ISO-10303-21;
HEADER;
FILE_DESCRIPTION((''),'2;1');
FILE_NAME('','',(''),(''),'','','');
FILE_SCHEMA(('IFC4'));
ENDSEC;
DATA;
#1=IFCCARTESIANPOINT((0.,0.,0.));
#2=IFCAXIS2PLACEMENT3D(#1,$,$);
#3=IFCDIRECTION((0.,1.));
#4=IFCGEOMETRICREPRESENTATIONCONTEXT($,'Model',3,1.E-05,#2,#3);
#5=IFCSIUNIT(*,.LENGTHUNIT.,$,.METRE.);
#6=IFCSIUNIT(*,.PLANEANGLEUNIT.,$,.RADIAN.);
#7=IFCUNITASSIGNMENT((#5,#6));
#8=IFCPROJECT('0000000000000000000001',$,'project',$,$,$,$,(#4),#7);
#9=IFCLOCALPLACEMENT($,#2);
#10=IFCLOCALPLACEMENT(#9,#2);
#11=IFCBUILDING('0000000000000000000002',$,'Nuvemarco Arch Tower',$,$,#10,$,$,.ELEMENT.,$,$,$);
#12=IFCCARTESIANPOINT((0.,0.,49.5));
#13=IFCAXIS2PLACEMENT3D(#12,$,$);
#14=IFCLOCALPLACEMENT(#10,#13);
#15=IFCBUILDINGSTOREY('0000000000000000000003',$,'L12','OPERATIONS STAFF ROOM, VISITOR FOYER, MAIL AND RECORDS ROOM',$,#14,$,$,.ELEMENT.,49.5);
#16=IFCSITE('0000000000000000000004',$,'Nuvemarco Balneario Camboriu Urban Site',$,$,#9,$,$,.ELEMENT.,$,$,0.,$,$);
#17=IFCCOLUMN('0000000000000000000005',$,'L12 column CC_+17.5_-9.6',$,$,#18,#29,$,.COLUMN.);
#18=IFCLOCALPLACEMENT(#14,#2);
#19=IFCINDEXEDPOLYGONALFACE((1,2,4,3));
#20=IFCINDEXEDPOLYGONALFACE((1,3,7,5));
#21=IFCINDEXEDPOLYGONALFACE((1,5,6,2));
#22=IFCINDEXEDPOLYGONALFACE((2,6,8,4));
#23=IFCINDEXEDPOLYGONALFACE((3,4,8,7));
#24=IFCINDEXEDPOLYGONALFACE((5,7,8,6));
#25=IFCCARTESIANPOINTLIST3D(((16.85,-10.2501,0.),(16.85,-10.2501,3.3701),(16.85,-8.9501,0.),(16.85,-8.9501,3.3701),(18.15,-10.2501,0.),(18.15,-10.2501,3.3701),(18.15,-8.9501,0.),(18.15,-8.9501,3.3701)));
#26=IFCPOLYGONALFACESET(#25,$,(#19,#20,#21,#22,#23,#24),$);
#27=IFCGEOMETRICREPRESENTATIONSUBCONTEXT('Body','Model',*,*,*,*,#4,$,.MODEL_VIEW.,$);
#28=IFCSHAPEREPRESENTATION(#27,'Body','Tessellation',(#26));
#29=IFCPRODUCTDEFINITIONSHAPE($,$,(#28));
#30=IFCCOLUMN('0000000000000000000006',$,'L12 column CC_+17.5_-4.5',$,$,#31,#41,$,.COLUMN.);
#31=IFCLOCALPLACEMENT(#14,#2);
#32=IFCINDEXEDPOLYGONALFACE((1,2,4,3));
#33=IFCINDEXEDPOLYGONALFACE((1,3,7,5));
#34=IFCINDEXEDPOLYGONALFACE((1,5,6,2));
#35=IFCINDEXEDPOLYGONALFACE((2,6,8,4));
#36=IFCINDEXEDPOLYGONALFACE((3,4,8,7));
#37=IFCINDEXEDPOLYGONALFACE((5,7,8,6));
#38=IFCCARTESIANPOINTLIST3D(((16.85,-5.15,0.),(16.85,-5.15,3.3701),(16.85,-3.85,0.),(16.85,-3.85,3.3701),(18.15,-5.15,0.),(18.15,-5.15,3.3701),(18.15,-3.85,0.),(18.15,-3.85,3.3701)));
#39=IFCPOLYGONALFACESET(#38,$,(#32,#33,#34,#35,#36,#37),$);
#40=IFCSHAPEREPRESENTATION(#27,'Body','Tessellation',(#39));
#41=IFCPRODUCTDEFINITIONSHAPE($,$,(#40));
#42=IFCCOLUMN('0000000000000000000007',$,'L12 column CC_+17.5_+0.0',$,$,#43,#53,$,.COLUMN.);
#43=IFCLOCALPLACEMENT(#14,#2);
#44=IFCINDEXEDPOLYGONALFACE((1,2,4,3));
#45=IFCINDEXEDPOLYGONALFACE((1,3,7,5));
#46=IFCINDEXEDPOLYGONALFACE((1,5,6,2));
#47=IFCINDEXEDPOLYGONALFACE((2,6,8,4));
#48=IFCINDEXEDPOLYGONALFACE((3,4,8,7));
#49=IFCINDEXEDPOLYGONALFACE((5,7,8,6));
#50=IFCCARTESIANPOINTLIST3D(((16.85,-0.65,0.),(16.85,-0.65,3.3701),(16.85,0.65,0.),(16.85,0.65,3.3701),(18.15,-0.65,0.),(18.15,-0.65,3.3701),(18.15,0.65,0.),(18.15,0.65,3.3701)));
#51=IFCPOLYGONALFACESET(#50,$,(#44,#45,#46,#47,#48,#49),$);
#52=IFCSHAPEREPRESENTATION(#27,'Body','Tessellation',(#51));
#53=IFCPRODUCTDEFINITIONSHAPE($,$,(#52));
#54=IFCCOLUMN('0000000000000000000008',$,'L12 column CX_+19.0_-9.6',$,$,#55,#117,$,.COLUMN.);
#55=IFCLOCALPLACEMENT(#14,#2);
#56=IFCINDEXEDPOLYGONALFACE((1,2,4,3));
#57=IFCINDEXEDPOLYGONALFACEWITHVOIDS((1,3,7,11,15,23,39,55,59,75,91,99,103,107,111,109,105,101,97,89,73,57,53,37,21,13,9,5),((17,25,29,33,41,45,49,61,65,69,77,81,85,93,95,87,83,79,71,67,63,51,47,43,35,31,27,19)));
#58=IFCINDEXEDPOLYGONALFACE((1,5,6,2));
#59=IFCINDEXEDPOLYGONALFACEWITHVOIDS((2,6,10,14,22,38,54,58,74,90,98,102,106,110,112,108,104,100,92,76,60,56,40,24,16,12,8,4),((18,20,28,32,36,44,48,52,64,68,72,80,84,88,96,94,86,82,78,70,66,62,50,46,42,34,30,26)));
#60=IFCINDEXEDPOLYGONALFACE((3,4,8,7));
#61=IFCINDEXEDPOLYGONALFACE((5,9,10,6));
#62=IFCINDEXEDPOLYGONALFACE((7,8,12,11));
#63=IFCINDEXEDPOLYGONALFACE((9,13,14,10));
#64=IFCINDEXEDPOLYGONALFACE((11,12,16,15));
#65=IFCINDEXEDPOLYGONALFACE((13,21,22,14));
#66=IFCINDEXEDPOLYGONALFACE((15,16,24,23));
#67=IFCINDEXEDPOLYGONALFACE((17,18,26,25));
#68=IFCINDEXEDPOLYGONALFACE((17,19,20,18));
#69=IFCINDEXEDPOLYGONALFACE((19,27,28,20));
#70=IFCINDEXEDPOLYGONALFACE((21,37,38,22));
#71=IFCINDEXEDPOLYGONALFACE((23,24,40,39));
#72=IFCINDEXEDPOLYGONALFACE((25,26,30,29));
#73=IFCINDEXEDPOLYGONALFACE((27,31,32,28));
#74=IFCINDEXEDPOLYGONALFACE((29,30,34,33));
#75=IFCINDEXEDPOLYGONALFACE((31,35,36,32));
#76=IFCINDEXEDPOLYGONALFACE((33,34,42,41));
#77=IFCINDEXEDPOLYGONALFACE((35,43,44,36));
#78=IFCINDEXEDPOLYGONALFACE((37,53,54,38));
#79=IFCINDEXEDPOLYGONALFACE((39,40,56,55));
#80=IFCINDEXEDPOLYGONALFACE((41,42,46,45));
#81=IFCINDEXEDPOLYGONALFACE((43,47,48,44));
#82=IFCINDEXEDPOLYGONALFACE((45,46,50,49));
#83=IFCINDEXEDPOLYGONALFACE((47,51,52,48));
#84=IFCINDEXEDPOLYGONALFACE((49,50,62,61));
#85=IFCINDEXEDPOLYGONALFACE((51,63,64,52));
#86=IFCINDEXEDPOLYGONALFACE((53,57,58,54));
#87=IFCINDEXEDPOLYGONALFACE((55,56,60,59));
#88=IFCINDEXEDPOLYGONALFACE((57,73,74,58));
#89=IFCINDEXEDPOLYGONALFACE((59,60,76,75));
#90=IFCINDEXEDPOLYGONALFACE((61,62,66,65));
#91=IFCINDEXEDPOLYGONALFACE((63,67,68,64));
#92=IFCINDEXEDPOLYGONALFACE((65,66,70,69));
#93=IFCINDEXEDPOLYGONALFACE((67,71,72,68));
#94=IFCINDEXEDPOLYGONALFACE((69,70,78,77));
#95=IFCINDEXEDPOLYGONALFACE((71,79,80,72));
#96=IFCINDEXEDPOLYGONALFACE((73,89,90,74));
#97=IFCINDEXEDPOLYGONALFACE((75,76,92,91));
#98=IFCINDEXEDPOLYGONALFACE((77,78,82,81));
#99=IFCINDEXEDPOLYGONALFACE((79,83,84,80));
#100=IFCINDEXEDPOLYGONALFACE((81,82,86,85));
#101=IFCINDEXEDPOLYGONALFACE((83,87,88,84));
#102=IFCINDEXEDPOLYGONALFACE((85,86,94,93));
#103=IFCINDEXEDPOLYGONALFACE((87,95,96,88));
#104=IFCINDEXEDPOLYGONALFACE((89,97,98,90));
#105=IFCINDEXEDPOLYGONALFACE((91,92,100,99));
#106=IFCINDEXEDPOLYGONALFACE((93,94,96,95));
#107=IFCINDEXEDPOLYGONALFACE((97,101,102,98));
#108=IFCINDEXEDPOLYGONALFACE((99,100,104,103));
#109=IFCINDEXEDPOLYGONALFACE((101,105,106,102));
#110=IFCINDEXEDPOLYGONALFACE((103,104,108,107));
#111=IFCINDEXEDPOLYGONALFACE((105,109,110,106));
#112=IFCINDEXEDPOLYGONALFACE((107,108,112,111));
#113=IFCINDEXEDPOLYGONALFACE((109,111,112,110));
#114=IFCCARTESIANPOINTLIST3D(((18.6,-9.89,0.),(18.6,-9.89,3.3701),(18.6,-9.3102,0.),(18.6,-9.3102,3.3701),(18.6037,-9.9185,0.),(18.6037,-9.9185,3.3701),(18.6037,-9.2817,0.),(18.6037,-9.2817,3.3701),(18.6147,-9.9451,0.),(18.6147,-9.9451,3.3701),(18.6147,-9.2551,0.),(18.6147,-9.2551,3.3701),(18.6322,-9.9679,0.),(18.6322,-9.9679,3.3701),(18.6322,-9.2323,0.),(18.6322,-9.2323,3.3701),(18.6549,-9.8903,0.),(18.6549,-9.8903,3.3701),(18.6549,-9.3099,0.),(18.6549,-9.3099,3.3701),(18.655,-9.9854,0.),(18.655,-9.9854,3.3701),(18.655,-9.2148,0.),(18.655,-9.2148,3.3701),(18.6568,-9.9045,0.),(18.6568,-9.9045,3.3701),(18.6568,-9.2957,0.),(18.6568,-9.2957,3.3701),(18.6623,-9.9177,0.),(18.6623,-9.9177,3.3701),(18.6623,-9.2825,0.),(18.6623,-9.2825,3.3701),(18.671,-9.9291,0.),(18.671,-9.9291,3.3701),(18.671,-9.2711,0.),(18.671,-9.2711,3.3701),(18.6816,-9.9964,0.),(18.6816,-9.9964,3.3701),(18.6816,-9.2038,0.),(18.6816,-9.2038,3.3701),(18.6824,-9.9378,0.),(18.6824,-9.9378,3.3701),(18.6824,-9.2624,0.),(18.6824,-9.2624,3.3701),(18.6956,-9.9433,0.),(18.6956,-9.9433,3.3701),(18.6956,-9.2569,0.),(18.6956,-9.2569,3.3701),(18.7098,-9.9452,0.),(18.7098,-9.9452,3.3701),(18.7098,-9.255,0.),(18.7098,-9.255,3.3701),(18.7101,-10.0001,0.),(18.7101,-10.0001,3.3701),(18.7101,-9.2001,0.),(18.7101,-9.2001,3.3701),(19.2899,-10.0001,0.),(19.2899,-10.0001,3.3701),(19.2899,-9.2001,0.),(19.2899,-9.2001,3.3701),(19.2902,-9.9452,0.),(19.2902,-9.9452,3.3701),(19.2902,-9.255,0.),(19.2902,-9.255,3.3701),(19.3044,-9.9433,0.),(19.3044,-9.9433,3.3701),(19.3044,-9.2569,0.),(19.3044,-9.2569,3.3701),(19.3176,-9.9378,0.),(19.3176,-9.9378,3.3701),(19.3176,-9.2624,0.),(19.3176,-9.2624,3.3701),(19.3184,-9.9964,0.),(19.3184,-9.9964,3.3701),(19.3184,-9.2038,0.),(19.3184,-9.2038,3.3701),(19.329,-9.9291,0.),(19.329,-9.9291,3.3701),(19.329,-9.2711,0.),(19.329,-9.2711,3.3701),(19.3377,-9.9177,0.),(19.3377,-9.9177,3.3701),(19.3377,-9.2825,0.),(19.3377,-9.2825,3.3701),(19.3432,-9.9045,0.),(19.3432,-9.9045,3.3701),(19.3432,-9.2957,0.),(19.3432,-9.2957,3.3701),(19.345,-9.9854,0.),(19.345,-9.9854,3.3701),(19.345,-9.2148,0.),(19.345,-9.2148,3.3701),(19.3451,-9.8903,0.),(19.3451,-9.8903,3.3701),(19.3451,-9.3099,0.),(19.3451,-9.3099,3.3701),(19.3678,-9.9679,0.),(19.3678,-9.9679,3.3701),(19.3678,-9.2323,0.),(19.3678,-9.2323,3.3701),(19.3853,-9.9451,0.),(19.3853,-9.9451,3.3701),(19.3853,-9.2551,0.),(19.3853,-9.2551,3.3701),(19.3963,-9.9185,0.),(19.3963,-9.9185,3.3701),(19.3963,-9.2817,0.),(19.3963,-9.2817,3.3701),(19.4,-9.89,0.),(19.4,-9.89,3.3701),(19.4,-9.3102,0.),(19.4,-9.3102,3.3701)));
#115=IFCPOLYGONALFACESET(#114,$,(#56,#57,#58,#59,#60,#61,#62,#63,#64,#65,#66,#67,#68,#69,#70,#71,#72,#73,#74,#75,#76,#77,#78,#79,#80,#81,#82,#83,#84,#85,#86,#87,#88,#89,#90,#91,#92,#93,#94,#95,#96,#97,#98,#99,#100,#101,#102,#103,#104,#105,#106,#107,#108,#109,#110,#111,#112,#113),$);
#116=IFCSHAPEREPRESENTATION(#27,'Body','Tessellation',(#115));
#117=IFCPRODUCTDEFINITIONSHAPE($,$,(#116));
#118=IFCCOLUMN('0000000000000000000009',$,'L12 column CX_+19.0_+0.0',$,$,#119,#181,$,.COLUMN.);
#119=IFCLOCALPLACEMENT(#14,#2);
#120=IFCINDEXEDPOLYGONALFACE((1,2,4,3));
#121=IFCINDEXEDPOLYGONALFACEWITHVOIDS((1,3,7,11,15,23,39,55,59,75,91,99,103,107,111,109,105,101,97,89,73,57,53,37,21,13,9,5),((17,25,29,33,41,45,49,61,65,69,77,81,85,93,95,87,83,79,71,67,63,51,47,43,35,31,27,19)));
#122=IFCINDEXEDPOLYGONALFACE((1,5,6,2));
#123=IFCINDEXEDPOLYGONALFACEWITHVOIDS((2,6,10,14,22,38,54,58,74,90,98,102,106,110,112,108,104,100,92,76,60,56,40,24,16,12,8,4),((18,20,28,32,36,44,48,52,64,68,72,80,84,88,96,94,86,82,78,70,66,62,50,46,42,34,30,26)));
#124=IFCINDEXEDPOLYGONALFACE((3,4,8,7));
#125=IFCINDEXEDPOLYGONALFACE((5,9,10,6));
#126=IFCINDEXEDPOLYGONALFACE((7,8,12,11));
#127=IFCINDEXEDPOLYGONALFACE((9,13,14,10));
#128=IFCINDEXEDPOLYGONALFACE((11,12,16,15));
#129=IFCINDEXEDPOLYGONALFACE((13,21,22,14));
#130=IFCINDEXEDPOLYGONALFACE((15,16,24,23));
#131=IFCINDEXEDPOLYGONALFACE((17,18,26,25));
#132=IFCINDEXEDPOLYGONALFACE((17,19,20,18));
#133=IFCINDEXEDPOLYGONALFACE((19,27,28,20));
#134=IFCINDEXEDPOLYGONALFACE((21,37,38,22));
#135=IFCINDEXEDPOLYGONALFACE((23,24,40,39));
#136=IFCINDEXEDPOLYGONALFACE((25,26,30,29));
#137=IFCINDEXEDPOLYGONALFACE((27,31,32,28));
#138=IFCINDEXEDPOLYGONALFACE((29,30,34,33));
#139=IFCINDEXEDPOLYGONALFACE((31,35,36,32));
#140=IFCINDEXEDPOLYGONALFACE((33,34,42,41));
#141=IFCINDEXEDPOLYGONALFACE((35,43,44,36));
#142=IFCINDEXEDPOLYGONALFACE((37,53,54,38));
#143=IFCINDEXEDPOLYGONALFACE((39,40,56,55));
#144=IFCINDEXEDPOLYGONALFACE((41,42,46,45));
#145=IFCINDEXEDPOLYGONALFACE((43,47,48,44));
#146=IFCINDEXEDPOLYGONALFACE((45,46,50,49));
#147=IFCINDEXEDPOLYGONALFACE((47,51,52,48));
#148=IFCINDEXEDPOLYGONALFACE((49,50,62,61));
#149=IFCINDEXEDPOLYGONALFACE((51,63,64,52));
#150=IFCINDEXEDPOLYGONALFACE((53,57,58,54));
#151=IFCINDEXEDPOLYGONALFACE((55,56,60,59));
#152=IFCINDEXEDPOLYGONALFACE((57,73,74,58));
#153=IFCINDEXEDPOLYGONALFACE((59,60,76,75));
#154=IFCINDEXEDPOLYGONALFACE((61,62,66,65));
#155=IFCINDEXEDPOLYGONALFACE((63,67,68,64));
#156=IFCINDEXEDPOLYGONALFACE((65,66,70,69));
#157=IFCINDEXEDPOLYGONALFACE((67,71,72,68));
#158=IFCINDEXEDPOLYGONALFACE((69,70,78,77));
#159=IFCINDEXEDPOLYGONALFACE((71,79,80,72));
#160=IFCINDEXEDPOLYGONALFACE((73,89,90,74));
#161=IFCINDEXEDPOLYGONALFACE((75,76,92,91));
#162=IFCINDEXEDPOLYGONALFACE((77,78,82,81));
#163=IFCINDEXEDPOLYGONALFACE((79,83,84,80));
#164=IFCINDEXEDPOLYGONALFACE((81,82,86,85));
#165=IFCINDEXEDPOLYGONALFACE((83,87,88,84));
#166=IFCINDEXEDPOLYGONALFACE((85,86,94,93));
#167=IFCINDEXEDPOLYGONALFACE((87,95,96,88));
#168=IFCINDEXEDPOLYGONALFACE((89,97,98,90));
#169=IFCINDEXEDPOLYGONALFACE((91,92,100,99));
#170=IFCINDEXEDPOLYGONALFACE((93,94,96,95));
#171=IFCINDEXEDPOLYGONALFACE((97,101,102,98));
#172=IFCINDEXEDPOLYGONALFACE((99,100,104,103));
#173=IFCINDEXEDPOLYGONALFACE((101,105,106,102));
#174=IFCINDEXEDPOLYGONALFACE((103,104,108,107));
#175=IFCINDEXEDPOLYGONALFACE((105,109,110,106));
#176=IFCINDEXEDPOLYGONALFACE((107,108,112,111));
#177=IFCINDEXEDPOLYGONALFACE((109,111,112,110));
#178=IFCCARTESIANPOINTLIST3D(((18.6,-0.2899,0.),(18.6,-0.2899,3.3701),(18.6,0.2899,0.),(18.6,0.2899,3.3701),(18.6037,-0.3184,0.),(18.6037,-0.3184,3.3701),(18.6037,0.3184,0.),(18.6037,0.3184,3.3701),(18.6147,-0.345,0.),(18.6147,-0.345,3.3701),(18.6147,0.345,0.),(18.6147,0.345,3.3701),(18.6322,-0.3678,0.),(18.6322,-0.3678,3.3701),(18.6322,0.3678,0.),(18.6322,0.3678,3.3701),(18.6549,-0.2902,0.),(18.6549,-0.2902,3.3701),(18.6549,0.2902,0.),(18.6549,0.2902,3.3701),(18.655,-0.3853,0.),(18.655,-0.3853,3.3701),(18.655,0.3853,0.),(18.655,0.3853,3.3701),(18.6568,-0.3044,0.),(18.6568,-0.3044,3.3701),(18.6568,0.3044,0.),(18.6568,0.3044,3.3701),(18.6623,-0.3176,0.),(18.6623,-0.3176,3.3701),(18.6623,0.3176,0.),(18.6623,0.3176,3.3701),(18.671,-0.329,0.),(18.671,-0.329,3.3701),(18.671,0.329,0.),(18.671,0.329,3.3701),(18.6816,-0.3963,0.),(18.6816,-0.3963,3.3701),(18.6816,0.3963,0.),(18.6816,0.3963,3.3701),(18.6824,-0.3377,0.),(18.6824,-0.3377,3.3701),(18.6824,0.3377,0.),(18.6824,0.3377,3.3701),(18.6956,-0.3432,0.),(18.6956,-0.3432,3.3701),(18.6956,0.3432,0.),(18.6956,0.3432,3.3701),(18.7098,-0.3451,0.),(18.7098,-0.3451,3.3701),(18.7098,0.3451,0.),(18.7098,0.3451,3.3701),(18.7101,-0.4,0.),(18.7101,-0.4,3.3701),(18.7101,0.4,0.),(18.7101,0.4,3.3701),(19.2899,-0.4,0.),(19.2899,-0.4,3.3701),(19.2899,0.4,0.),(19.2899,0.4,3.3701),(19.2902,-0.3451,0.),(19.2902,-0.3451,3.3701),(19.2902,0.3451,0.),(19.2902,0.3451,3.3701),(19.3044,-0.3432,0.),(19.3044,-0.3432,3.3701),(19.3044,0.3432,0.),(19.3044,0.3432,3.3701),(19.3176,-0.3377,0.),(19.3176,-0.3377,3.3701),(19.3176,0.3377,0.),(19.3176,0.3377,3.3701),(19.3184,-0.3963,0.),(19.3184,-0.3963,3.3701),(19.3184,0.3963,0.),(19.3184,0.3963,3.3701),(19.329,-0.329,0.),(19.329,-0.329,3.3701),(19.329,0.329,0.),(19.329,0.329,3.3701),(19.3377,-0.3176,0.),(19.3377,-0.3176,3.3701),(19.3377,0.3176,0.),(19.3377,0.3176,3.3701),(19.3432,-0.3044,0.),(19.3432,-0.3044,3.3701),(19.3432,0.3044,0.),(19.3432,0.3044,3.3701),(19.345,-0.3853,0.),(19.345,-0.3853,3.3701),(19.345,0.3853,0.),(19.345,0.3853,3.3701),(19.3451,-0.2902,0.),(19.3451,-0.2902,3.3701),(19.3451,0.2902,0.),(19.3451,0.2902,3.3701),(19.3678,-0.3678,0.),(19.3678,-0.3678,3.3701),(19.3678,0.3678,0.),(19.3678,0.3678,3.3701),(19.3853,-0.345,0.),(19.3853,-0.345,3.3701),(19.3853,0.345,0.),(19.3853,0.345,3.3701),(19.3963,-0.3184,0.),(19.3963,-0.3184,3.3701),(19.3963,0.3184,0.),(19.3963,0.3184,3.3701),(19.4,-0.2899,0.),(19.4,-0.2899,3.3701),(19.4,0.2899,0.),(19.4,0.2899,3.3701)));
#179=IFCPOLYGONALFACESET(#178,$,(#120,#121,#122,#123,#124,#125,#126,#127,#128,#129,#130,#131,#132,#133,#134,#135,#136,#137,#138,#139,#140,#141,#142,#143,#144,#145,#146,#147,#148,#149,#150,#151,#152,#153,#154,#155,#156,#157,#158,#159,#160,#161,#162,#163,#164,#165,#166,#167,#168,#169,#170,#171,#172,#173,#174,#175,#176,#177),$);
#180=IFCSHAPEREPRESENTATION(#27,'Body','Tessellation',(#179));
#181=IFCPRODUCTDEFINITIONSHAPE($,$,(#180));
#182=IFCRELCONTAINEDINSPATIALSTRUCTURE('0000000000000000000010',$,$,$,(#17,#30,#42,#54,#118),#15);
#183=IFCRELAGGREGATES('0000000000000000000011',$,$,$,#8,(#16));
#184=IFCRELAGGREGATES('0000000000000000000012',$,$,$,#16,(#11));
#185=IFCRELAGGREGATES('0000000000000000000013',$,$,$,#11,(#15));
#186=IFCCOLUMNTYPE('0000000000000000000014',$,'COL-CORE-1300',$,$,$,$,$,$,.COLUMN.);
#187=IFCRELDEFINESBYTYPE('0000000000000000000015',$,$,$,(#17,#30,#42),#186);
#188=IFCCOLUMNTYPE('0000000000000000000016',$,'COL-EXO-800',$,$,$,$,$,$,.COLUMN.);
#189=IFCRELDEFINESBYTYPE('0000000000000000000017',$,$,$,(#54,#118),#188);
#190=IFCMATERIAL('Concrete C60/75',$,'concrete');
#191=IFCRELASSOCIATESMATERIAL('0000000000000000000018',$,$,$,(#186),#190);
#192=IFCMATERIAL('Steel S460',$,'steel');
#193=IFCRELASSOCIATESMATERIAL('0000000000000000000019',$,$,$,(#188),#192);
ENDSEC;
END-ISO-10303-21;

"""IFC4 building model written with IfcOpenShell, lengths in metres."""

from ifc_helpers import new_model, si_unit, direction, frame, origin, origin_2d, place, context, subcontext, project, spatial, rectangle, hollow_rectangle, extrude, material, material_profile, profile_set, type_object, element, save


model = new_model("IFC4")

# Units and contexts
model_context = context("Model", 3, precision=1e-05, world=origin(), true_north=direction((0.0, 1.0)))
body_context = subcontext(model_context, "Body", "Model", "MODEL_VIEW")
ifc_project = project(units=[si_unit("LENGTHUNIT", "METRE"), si_unit("PLANEANGLEUNIT", "RADIAN")], contexts=[model_context])

# Site, building, storey
site_placement = place(None, origin())
site = spatial("IfcSite", under=ifc_project, at=site_placement, Name="Nuvemarco Balneario Camboriu Urban Site", CompositionType="ELEMENT", RefElevation=0.0)
building_placement = place(site_placement, origin())
building = spatial("IfcBuilding", under=site, at=building_placement, Name="Nuvemarco Arch Tower", CompositionType="ELEMENT")
storey_placement = place(building_placement, frame((0.0, 0.0, 49.5)))
storey = spatial("IfcBuildingStorey", under=building, at=storey_placement, Name="L12", Description="OPERATIONS STAFF ROOM, VISITOR FOYER, MAIL AND RECORDS ROOM", CompositionType="ELEMENT", Elevation=49.5)

# Columns
ifc_material_1 = material(Name="Concrete C60/75", Category="concrete")
ifc_material_profile_1 = material_profile(ifc_material_1, rectangle(XDim=1.3, YDim=1.3, at=origin_2d()), Name="RC-COL-1300x1300")
ifc_profile_set_1 = profile_set([ifc_material_profile_1], Name="Concrete C60/75")
column_type_1 = type_object("IfcColumnType", Name="COL-CORE-1300", PredefinedType="COLUMN", material=ifc_profile_set_1)
for number, where, z_axis, x_axis, name in (
    (1, (17.5, -9.6001, 0.0), (0.0, 0.0, 1.0), (1.0, 0.0, 0.0), "L12 column CC_+17.5_-9.6"),
    (2, (17.5, -4.5, 0.0), (0.0, 0.0, 1.0), (1.0, 0.0, 0.0), "L12 column CC_+17.5_-4.5"),
    (3, (17.5, 0.0, 0.0), (0.0, 0.0, 1.0), (1.0, 0.0, 0.0), "L12 column CC_+17.5_+0.0"),
):
    element("IfcColumn", number, at=place(storey_placement, frame(where, z_axis=z_axis, x_axis=x_axis)), inside=storey, type_object=column_type_1, Name=name, PredefinedType="COLUMN", context=body_context, shape_type="SweptSolid", body=[
        extrude(rectangle(XDim=1.3, YDim=1.3, at=origin_2d()), origin(), (0.0, 0.0, 1.0), 3.3701),
    ])
ifc_material_2 = material(Name="Steel S460", Category="steel")
ifc_material_profile_2 = material_profile(ifc_material_2, hollow_rectangle(XDim=0.8, YDim=0.8, WallThickness=0.0549, InnerFilletRadius=0.0549, OuterFilletRadius=0.1101, at=origin_2d()), Name="SHS800x800x55")
ifc_profile_set_2 = profile_set([ifc_material_profile_2], Name="Steel S460")
column_type_2 = type_object("IfcColumnType", Name="COL-EXO-800", PredefinedType="COLUMN", material=ifc_profile_set_2)
for number, where, z_axis, x_axis, name in (
    (4, (19.0, -9.6001, 0.0), (0.0, 0.0, 1.0), (1.0, 0.0, 0.0), "L12 column CX_+19.0_-9.6"),
    (5, (19.0, 0.0, 0.0), (0.0, 0.0, 1.0), (1.0, 0.0, 0.0), "L12 column CX_+19.0_+0.0"),
):
    element("IfcColumn", number, at=place(storey_placement, frame(where, z_axis=z_axis, x_axis=x_axis)), inside=storey, type_object=column_type_2, Name=name, PredefinedType="COLUMN", context=body_context, shape_type="SweptSolid", body=[
        extrude(hollow_rectangle(XDim=0.8, YDim=0.8, WallThickness=0.0549, InnerFilletRadius=0.0549, OuterFilletRadius=0.1101, at=origin_2d()), origin(), (0.0, 0.0, 1.0), 3.3701),
    ])

save(model, "model.ifc")
